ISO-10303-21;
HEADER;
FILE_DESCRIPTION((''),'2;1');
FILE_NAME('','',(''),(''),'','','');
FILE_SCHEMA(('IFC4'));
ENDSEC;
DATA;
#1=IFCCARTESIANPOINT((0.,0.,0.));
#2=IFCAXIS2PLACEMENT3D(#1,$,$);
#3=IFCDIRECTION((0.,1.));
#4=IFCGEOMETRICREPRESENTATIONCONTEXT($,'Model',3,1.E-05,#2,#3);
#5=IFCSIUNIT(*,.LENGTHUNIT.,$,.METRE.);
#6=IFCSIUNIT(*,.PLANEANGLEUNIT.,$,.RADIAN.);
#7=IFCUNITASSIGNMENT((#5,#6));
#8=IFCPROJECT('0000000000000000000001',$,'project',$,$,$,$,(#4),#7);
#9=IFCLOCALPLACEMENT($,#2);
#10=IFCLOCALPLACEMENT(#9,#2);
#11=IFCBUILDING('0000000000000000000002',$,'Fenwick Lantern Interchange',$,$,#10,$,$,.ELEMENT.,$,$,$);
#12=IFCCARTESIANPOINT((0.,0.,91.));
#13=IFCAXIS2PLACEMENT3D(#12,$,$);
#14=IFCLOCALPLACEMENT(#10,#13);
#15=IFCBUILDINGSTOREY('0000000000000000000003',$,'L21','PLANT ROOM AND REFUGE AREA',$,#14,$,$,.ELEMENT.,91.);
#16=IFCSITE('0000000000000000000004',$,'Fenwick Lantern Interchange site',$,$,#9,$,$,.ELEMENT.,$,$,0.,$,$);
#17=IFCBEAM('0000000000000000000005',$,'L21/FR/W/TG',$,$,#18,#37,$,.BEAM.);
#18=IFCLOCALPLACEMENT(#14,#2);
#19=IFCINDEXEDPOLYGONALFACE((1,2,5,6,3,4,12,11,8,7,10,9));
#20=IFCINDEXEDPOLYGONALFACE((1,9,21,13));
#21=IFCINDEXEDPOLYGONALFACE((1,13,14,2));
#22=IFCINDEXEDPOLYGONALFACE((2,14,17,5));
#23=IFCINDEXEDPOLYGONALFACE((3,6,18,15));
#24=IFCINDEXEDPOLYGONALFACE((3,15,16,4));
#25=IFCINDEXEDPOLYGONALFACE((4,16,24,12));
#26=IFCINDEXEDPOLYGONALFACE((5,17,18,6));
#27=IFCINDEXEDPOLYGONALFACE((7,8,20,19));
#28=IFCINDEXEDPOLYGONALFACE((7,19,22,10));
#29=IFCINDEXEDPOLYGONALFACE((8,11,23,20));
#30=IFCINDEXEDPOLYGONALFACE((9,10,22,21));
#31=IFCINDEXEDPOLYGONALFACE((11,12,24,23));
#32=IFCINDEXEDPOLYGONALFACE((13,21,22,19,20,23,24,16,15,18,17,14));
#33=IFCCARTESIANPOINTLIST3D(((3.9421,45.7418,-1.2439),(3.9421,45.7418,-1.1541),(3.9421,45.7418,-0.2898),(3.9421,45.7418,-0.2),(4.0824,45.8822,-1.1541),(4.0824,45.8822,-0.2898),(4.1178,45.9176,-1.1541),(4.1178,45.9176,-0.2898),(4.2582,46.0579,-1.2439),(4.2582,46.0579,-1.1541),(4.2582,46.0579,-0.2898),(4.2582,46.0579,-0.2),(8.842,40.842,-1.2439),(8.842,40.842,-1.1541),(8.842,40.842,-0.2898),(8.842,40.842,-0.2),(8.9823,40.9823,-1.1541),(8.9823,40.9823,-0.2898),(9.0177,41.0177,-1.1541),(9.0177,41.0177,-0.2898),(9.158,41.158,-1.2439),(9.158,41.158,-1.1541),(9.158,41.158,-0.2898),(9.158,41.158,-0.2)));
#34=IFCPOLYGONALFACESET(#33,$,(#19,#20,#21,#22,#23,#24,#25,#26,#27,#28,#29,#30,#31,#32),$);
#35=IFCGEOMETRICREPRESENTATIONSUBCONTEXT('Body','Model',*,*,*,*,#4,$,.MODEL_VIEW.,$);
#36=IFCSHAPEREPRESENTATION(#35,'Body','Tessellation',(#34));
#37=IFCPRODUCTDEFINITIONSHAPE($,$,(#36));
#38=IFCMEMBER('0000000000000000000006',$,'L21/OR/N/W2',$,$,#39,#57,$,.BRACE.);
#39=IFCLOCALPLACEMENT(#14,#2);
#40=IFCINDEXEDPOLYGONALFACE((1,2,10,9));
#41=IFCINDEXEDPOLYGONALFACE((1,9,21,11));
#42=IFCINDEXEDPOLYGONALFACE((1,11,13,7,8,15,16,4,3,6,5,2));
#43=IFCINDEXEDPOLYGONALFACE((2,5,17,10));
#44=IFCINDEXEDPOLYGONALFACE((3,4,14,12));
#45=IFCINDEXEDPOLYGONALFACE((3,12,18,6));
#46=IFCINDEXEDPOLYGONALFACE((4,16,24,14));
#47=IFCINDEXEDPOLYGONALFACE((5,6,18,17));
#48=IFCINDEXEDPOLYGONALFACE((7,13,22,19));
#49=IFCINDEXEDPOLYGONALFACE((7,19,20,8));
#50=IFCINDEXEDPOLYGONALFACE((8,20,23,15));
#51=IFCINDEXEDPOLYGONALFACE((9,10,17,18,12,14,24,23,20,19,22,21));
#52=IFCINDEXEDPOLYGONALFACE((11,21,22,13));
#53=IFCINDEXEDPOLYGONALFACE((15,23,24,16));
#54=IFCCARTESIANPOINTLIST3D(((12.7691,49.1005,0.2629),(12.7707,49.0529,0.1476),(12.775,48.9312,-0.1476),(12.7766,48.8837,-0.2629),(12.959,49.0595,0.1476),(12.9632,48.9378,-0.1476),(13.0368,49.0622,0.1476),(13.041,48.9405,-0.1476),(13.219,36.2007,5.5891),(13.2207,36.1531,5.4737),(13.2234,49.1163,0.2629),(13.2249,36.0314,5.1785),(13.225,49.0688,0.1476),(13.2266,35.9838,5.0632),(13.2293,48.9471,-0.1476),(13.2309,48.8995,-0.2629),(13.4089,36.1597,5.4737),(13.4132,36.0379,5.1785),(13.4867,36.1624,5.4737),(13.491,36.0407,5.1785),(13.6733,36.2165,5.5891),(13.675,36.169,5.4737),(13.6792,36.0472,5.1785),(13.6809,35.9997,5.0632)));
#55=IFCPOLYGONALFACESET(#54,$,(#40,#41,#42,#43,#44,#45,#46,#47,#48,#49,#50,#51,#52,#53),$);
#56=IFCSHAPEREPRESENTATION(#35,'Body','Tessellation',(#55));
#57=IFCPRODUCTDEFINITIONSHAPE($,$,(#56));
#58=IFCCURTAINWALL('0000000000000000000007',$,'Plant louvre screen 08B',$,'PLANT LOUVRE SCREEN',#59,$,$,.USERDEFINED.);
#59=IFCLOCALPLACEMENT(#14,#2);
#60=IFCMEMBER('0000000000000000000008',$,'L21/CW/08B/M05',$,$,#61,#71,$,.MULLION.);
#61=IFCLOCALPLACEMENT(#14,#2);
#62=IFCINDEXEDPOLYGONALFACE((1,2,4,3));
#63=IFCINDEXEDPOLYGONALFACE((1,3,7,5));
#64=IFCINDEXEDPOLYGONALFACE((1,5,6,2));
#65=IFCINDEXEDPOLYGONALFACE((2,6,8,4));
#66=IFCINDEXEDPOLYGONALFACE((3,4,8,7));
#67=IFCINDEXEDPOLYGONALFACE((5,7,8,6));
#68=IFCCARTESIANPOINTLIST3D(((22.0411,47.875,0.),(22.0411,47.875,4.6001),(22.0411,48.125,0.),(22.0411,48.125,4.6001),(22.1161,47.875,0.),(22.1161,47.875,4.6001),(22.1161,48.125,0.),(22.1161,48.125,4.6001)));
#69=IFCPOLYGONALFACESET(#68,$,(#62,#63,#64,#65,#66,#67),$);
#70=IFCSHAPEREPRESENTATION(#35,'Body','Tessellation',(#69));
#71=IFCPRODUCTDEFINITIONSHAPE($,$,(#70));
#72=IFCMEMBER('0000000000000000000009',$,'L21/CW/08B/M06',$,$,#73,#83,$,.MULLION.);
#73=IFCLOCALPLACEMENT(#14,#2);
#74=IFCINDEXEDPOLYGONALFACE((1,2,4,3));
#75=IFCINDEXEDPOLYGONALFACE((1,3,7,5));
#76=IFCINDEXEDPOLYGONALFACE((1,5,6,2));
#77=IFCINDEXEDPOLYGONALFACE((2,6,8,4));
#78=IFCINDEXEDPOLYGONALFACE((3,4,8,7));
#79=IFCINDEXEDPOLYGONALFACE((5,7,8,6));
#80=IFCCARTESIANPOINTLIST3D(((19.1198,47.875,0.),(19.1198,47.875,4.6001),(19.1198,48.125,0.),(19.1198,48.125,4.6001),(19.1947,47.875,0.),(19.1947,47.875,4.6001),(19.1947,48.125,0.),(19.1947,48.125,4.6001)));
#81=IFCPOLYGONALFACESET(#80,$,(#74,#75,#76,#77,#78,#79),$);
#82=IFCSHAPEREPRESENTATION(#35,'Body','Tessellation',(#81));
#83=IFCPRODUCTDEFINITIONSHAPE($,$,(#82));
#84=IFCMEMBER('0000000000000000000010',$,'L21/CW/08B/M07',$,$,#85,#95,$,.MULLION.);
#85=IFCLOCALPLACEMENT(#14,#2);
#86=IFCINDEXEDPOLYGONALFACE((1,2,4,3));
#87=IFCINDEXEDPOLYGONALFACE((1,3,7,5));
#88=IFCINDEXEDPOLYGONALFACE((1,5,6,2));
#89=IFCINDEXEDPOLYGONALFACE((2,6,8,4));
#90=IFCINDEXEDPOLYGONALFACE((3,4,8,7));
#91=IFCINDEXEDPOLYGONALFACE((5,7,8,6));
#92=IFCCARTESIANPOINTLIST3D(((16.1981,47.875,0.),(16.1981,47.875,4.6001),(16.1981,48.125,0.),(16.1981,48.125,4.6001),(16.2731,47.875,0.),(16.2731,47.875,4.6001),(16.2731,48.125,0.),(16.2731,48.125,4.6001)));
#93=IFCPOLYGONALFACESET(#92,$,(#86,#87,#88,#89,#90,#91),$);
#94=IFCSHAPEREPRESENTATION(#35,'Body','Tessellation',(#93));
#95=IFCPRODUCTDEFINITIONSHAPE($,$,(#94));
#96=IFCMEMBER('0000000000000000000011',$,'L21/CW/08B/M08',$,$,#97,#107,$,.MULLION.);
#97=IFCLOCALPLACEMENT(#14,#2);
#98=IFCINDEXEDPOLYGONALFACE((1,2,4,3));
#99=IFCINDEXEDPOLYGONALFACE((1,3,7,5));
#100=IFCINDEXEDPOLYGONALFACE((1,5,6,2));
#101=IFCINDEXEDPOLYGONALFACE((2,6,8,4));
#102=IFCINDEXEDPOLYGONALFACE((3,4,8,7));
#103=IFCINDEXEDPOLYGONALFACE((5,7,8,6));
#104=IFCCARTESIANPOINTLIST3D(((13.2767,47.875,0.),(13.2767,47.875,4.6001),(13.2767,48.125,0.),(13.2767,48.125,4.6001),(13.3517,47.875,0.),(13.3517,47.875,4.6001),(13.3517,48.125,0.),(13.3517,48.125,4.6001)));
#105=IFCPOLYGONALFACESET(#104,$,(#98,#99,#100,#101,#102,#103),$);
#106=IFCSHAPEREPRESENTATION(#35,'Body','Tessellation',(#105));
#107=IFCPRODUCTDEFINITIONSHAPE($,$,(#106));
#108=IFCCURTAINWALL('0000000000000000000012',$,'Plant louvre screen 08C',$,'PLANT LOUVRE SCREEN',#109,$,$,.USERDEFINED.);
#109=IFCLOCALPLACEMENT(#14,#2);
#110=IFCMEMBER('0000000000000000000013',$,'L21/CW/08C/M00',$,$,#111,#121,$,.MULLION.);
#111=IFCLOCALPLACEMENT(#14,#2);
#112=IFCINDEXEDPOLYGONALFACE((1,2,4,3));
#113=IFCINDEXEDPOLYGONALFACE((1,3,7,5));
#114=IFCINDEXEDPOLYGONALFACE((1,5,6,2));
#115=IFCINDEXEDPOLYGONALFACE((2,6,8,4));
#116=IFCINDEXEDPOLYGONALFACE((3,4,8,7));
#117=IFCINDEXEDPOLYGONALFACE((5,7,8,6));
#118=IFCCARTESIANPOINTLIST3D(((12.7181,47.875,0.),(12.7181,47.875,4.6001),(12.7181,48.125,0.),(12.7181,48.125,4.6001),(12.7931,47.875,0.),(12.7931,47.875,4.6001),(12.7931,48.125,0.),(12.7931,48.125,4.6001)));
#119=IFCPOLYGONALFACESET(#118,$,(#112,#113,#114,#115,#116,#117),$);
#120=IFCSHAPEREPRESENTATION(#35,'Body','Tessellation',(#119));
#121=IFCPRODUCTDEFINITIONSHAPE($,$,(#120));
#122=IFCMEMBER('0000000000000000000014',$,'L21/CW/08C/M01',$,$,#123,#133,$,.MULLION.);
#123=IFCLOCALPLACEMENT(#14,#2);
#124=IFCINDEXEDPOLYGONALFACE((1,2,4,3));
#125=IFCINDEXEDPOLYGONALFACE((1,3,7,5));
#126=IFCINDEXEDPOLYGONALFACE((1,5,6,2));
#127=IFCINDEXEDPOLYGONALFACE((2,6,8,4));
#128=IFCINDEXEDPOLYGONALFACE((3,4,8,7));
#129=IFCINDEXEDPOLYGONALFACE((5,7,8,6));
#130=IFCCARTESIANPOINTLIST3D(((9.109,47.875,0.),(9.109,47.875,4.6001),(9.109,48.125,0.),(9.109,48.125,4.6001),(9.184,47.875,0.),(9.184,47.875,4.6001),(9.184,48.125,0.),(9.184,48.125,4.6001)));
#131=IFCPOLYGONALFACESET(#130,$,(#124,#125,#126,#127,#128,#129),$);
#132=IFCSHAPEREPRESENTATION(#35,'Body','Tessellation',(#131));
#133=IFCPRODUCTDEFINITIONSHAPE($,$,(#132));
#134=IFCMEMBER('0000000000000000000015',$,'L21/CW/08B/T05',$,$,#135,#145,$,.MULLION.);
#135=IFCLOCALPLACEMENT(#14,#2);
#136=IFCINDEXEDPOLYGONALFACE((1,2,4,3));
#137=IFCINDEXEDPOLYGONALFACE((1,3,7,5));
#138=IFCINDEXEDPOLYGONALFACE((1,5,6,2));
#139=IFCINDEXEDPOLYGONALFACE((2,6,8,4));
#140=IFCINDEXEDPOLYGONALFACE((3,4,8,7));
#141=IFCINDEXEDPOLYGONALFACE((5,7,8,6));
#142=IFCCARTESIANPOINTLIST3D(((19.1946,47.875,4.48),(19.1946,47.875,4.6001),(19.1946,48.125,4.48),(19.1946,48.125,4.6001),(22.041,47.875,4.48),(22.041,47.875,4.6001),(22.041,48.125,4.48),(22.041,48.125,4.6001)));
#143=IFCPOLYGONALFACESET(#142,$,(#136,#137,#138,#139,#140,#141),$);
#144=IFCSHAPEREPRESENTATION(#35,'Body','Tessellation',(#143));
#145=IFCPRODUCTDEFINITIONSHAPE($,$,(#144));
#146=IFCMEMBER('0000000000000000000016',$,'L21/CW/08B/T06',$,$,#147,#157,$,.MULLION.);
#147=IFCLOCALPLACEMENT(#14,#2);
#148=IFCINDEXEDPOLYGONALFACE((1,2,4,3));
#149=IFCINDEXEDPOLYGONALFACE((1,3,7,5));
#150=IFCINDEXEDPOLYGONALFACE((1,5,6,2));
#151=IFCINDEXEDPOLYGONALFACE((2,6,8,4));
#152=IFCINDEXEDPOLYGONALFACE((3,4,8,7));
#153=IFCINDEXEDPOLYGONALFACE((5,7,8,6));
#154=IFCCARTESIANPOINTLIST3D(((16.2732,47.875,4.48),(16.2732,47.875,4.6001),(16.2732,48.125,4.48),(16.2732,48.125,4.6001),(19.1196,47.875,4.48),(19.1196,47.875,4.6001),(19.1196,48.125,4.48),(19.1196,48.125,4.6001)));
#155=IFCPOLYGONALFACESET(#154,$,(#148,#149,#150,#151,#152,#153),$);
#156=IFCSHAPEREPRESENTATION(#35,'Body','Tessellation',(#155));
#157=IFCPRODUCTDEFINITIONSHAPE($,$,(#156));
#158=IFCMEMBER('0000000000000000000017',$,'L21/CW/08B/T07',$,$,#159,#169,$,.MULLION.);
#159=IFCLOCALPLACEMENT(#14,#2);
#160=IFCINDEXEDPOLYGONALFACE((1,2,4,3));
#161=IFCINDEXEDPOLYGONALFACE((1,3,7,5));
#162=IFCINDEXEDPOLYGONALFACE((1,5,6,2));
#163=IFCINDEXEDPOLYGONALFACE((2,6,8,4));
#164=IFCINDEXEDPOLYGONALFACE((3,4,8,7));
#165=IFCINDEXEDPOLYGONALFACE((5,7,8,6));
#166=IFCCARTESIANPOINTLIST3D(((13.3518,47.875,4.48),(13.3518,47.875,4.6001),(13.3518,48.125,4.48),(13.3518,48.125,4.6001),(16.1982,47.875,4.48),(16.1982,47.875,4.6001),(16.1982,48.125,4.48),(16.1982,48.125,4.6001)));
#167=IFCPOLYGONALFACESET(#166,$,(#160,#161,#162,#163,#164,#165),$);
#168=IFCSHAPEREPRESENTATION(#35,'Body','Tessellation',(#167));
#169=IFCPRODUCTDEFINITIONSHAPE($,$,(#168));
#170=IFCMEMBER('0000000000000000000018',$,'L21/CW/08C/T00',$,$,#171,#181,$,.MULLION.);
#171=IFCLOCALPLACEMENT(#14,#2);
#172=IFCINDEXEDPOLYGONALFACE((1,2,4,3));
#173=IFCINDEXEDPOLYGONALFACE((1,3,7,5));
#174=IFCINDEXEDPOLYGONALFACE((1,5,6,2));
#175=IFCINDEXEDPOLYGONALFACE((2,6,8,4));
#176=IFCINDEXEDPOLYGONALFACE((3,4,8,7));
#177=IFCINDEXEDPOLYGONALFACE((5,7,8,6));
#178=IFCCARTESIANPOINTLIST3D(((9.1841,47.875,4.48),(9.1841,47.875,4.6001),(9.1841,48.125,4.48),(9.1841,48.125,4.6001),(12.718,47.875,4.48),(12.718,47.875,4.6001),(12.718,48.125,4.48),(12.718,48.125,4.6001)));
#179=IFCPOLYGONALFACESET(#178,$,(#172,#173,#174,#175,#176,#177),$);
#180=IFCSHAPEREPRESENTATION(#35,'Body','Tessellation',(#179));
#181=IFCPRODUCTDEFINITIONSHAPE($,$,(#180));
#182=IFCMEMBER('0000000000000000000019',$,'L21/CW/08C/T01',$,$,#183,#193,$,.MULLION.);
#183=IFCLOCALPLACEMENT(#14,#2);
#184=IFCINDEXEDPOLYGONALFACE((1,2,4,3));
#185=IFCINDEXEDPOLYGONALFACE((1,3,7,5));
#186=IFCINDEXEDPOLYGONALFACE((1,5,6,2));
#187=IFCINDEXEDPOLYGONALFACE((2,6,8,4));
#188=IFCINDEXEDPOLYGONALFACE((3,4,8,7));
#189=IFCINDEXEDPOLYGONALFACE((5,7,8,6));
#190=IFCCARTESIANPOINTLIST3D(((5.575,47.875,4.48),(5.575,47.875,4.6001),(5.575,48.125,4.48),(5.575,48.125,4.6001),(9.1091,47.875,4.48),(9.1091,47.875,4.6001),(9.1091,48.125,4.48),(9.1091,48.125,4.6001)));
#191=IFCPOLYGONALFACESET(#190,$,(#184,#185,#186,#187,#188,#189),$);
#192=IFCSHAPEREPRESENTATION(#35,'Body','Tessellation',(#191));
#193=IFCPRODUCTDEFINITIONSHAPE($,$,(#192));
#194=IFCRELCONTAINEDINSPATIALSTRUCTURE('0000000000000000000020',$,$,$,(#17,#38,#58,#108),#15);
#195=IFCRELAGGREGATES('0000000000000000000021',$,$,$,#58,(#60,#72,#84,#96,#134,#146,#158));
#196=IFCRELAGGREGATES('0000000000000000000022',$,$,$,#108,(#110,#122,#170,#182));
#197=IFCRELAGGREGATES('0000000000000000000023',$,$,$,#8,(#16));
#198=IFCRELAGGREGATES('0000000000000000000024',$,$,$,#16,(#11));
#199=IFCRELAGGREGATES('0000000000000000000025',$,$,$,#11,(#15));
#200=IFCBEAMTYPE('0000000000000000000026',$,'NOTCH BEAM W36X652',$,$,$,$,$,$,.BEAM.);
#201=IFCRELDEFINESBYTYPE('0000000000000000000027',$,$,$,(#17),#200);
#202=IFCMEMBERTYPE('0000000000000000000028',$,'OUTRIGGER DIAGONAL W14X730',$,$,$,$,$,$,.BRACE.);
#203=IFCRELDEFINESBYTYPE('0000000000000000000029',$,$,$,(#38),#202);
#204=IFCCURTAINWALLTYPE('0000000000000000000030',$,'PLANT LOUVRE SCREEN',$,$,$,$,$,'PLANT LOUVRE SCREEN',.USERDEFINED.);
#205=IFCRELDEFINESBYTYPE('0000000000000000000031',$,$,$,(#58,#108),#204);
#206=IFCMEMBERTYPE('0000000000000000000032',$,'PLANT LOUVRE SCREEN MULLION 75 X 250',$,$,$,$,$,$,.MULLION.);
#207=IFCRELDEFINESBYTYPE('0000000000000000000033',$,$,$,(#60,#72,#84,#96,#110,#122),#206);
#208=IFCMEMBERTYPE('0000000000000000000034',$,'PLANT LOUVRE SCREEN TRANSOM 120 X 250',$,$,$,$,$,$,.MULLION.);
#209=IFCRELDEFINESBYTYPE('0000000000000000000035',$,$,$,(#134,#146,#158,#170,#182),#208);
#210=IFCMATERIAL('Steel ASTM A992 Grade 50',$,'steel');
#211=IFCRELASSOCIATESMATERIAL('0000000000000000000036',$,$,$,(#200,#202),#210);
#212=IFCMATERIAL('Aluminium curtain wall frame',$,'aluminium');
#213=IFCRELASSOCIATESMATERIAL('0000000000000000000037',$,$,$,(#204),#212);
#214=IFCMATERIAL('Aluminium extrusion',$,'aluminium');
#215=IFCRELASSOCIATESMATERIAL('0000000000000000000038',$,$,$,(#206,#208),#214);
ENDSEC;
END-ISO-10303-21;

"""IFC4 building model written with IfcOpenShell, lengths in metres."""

from ifc_helpers import new_model, si_unit, direction, frame, origin, origin_2d, place, context, subcontext, project, spatial, rectangle, i_section, extrude, material, material_profile, profile_set, type_object, element, aggregate, save


model = new_model("IFC4")

# Units and contexts
model_context = context("Model", 3, precision=1e-05, world=origin(), true_north=direction((0.0, 1.0)))
body_context = subcontext(model_context, "Body", "Model", "MODEL_VIEW")
ifc_project = project(units=[si_unit("LENGTHUNIT", "METRE"), si_unit("PLANEANGLEUNIT", "RADIAN")], contexts=[model_context])

# Site, building, storey
site_placement = place(None, origin())
site = spatial("IfcSite", under=ifc_project, at=site_placement, Name="Fenwick Lantern Interchange site", CompositionType="ELEMENT", RefElevation=0.0)
building_placement = place(site_placement, origin())
building = spatial("IfcBuilding", under=site, at=building_placement, Name="Fenwick Lantern Interchange", CompositionType="ELEMENT")
storey_placement = place(building_placement, frame((0.0, 0.0, 91.0)))
storey = spatial("IfcBuildingStorey", under=building, at=storey_placement, Name="L21", Description="PLANT ROOM AND REFUGE AREA", CompositionType="ELEMENT", Elevation=91.0)

# Shared definitions
ifc_material_1 = material(Name="Steel ASTM A992 Grade 50", Category="steel")

# Beam
ifc_material_profile_1 = material_profile(ifc_material_1, i_section(OverallWidth=0.447, OverallDepth=1.0439, WebThickness=0.05, FlangeThickness=0.0898, at=origin_2d()), Name="W36X652")
ifc_profile_set_1 = profile_set([ifc_material_profile_1], Name="Steel ASTM A992 Grade 50")
beam_type_1 = type_object("IfcBeamType", Name="NOTCH BEAM W36X652", PredefinedType="BEAM", material=ifc_profile_set_1)
beam_1_placement = place(storey_placement, frame((9.0, 41.0, -0.7219), z_axis=(-0.707107, 0.707107, 0.0), x_axis=(-0.707107, -0.707107, 0.0)))
element("IfcBeam", 1, at=beam_1_placement, inside=storey, type_object=beam_type_1, Name="L21/FR/W/TG", PredefinedType="BEAM", context=body_context, shape_type="SweptSolid", body=[
    extrude(i_section(OverallWidth=0.447, OverallDepth=1.0439, WebThickness=0.05, FlangeThickness=0.0898, at=origin_2d()), origin(), (0.0, 0.0, 1.0), 6.9294),
])

# Member
ifc_material_profile_2 = material_profile(ifc_material_1, i_section(OverallWidth=0.4546, OverallDepth=0.5688, WebThickness=0.0779, FlangeThickness=0.1248, at=origin_2d()), Name="W14X730")
ifc_profile_set_2 = profile_set([ifc_material_profile_2], Name="Steel ASTM A992 Grade 50")
member_type_1 = type_object("IfcMemberType", Name="OUTRIGGER DIAGONAL W14X730", PredefinedType="BRACE", material=ifc_profile_set_2)
member_1_placement = place(storey_placement, frame((13.0, 49.0, 0.0), z_axis=(0.032223, -0.923833, 0.381437), x_axis=(0.999392, 0.034859, 0.0)))
element("IfcMember", 2, at=member_1_placement, inside=storey, type_object=member_type_1, Name="L21/OR/N/W2", PredefinedType="BRACE", context=body_context, shape_type="SweptSolid", body=[
    extrude(i_section(OverallWidth=0.4546, OverallDepth=0.5688, WebThickness=0.0779, FlangeThickness=0.1248, at=origin_2d()), origin(), (0.0, 0.0, 1.0), 13.9634),
])

# Curtain walls, members
ifc_material_2 = material(Name="Aluminium curtain wall frame", Category="aluminium")
curtain_wall_type = type_object("IfcCurtainWallType", Name="PLANT LOUVRE SCREEN", ElementType="PLANT LOUVRE SCREEN", PredefinedType="USERDEFINED", material=ifc_material_2)
curtain_wall_1_placement = place(storey_placement, origin())
curtain_wall_1 = element("IfcCurtainWall", 3, at=curtain_wall_1_placement, inside=storey, type_object=curtain_wall_type, Name="Plant louvre screen 08B", ObjectType="PLANT LOUVRE SCREEN", PredefinedType="USERDEFINED")
ifc_material_3 = material(Name="Aluminium extrusion", Category="aluminium")
ifc_material_profile_3 = material_profile(ifc_material_3, rectangle(XDim=0.25, YDim=0.075, at=origin_2d()), Name="PLANT LOUVRE SCREEN MULLION 75 X 250")
ifc_profile_set_3 = profile_set([ifc_material_profile_3], Name="Aluminium extrusion")
member_type_2 = type_object("IfcMemberType", Name="PLANT LOUVRE SCREEN MULLION 75 X 250", PredefinedType="MULLION", material=ifc_profile_set_3)
member_2_placement = place(storey_placement, frame((22.0786, 48.0, 0.0), z_axis=(0.0, 0.0, 1.0), x_axis=(0.0, -1.0, 0.0)))
member_2 = element("IfcMember", 4, at=member_2_placement, type_object=member_type_2, Name="L21/CW/08B/M05", PredefinedType="MULLION", context=body_context, shape_type="SweptSolid", body=[
    extrude(rectangle(XDim=0.25, YDim=0.075, at=origin_2d()), origin(), (0.0, 0.0, 1.0), 4.6001),
])
member_3_placement = place(storey_placement, frame((19.1572, 48.0, 0.0), z_axis=(0.0, 0.0, 1.0), x_axis=(0.0, -1.0, 0.0)))
member_3 = element("IfcMember", 5, at=member_3_placement, type_object=member_type_2, Name="L21/CW/08B/M06", PredefinedType="MULLION", context=body_context, shape_type="SweptSolid", body=[
    extrude(rectangle(XDim=0.25, YDim=0.075, at=origin_2d()), origin(), (0.0, 0.0, 1.0), 4.6001),
])
member_4_placement = place(storey_placement, frame((16.2356, 48.0, 0.0), z_axis=(0.0, 0.0, 1.0), x_axis=(0.0, -1.0, 0.0)))
member_4 = element("IfcMember", 6, at=member_4_placement, type_object=member_type_2, Name="L21/CW/08B/M07", PredefinedType="MULLION", context=body_context, shape_type="SweptSolid", body=[
    extrude(rectangle(XDim=0.25, YDim=0.075, at=origin_2d()), origin(), (0.0, 0.0, 1.0), 4.6001),
])
member_5_placement = place(storey_placement, frame((13.3142, 48.0, 0.0), z_axis=(0.0, 0.0, 1.0), x_axis=(0.0, -1.0, 0.0)))
member_5 = element("IfcMember", 7, at=member_5_placement, type_object=member_type_2, Name="L21/CW/08B/M08", PredefinedType="MULLION", context=body_context, shape_type="SweptSolid", body=[
    extrude(rectangle(XDim=0.25, YDim=0.075, at=origin_2d()), origin(), (0.0, 0.0, 1.0), 4.6001),
])
curtain_wall_2_placement = place(storey_placement, origin())
curtain_wall_2 = element("IfcCurtainWall", 8, at=curtain_wall_2_placement, inside=storey, type_object=curtain_wall_type, Name="Plant louvre screen 08C", ObjectType="PLANT LOUVRE SCREEN", PredefinedType="USERDEFINED")
member_6_placement = place(storey_placement, frame((12.7556, 48.0, 0.0), z_axis=(0.0, 0.0, 1.0), x_axis=(0.0, -1.0, 0.0)))
member_6 = element("IfcMember", 9, at=member_6_placement, type_object=member_type_2, Name="L21/CW/08C/M00", PredefinedType="MULLION", context=body_context, shape_type="SweptSolid", body=[
    extrude(rectangle(XDim=0.25, YDim=0.075, at=origin_2d()), origin(), (0.0, 0.0, 1.0), 4.6001),
])
member_7_placement = place(storey_placement, frame((9.1465, 48.0, 0.0), z_axis=(0.0, 0.0, 1.0), x_axis=(0.0, -1.0, 0.0)))
member_7 = element("IfcMember", 10, at=member_7_placement, type_object=member_type_2, Name="L21/CW/08C/M01", PredefinedType="MULLION", context=body_context, shape_type="SweptSolid", body=[
    extrude(rectangle(XDim=0.25, YDim=0.075, at=origin_2d()), origin(), (0.0, 0.0, 1.0), 4.6001),
])

# Members
ifc_material_profile_4 = material_profile(ifc_material_3, rectangle(XDim=0.25, YDim=0.1201, at=origin_2d()), Name="PLANT LOUVRE SCREEN TRANSOM 120 X 250")
ifc_profile_set_4 = profile_set([ifc_material_profile_4], Name="Aluminium extrusion")
member_type_3 = type_object("IfcMemberType", Name="PLANT LOUVRE SCREEN TRANSOM 120 X 250", PredefinedType="MULLION", material=ifc_profile_set_4)
member_8_placement = place(storey_placement, frame((22.041, 48.0, 4.54), z_axis=(-1.0, 0.0, 0.0), x_axis=(0.0, -1.0, 0.0)))
member_8 = element("IfcMember", 11, at=member_8_placement, type_object=member_type_3, Name="L21/CW/08B/T05", PredefinedType="MULLION", context=body_context, shape_type="SweptSolid", body=[
    extrude(rectangle(XDim=0.25, YDim=0.1201, at=origin_2d()), origin(), (0.0, 0.0, 1.0), 2.8464),
])
member_9_placement = place(storey_placement, frame((19.1196, 48.0, 4.54), z_axis=(-1.0, 0.0, 0.0), x_axis=(0.0, -1.0, 0.0)))
member_9 = element("IfcMember", 12, at=member_9_placement, type_object=member_type_3, Name="L21/CW/08B/T06", PredefinedType="MULLION", context=body_context, shape_type="SweptSolid", body=[
    extrude(rectangle(XDim=0.25, YDim=0.1201, at=origin_2d()), origin(), (0.0, 0.0, 1.0), 2.8464),
])
member_10_placement = place(storey_placement, frame((16.1982, 48.0, 4.54), z_axis=(-1.0, 0.0, 0.0), x_axis=(0.0, -1.0, 0.0)))
member_10 = element("IfcMember", 13, at=member_10_placement, type_object=member_type_3, Name="L21/CW/08B/T07", PredefinedType="MULLION", context=body_context, shape_type="SweptSolid", body=[
    extrude(rectangle(XDim=0.25, YDim=0.1201, at=origin_2d()), origin(), (0.0, 0.0, 1.0), 2.8464),
])
member_11_placement = place(storey_placement, frame((12.718, 48.0, 4.54), z_axis=(-1.0, 0.0, 0.0), x_axis=(0.0, -1.0, 0.0)))
member_11 = element("IfcMember", 14, at=member_11_placement, type_object=member_type_3, Name="L21/CW/08C/T00", PredefinedType="MULLION", context=body_context, shape_type="SweptSolid", body=[
    extrude(rectangle(XDim=0.25, YDim=0.1201, at=origin_2d()), origin(), (0.0, 0.0, 1.0), 3.5339),
])
member_12_placement = place(storey_placement, frame((9.1091, 48.0, 4.54), z_axis=(-1.0, 0.0, 0.0), x_axis=(0.0, -1.0, 0.0)))
member_12 = element("IfcMember", 15, at=member_12_placement, type_object=member_type_3, Name="L21/CW/08C/T01", PredefinedType="MULLION", context=body_context, shape_type="SweptSolid", body=[
    extrude(rectangle(XDim=0.25, YDim=0.1201, at=origin_2d()), origin(), (0.0, 0.0, 1.0), 3.5342),
])

aggregate(curtain_wall_1, [member_2, member_3, member_4, member_5, member_8, member_9, member_10])
aggregate(curtain_wall_2, [member_6, member_7, member_11, member_12])

save(model, "model.ifc")
